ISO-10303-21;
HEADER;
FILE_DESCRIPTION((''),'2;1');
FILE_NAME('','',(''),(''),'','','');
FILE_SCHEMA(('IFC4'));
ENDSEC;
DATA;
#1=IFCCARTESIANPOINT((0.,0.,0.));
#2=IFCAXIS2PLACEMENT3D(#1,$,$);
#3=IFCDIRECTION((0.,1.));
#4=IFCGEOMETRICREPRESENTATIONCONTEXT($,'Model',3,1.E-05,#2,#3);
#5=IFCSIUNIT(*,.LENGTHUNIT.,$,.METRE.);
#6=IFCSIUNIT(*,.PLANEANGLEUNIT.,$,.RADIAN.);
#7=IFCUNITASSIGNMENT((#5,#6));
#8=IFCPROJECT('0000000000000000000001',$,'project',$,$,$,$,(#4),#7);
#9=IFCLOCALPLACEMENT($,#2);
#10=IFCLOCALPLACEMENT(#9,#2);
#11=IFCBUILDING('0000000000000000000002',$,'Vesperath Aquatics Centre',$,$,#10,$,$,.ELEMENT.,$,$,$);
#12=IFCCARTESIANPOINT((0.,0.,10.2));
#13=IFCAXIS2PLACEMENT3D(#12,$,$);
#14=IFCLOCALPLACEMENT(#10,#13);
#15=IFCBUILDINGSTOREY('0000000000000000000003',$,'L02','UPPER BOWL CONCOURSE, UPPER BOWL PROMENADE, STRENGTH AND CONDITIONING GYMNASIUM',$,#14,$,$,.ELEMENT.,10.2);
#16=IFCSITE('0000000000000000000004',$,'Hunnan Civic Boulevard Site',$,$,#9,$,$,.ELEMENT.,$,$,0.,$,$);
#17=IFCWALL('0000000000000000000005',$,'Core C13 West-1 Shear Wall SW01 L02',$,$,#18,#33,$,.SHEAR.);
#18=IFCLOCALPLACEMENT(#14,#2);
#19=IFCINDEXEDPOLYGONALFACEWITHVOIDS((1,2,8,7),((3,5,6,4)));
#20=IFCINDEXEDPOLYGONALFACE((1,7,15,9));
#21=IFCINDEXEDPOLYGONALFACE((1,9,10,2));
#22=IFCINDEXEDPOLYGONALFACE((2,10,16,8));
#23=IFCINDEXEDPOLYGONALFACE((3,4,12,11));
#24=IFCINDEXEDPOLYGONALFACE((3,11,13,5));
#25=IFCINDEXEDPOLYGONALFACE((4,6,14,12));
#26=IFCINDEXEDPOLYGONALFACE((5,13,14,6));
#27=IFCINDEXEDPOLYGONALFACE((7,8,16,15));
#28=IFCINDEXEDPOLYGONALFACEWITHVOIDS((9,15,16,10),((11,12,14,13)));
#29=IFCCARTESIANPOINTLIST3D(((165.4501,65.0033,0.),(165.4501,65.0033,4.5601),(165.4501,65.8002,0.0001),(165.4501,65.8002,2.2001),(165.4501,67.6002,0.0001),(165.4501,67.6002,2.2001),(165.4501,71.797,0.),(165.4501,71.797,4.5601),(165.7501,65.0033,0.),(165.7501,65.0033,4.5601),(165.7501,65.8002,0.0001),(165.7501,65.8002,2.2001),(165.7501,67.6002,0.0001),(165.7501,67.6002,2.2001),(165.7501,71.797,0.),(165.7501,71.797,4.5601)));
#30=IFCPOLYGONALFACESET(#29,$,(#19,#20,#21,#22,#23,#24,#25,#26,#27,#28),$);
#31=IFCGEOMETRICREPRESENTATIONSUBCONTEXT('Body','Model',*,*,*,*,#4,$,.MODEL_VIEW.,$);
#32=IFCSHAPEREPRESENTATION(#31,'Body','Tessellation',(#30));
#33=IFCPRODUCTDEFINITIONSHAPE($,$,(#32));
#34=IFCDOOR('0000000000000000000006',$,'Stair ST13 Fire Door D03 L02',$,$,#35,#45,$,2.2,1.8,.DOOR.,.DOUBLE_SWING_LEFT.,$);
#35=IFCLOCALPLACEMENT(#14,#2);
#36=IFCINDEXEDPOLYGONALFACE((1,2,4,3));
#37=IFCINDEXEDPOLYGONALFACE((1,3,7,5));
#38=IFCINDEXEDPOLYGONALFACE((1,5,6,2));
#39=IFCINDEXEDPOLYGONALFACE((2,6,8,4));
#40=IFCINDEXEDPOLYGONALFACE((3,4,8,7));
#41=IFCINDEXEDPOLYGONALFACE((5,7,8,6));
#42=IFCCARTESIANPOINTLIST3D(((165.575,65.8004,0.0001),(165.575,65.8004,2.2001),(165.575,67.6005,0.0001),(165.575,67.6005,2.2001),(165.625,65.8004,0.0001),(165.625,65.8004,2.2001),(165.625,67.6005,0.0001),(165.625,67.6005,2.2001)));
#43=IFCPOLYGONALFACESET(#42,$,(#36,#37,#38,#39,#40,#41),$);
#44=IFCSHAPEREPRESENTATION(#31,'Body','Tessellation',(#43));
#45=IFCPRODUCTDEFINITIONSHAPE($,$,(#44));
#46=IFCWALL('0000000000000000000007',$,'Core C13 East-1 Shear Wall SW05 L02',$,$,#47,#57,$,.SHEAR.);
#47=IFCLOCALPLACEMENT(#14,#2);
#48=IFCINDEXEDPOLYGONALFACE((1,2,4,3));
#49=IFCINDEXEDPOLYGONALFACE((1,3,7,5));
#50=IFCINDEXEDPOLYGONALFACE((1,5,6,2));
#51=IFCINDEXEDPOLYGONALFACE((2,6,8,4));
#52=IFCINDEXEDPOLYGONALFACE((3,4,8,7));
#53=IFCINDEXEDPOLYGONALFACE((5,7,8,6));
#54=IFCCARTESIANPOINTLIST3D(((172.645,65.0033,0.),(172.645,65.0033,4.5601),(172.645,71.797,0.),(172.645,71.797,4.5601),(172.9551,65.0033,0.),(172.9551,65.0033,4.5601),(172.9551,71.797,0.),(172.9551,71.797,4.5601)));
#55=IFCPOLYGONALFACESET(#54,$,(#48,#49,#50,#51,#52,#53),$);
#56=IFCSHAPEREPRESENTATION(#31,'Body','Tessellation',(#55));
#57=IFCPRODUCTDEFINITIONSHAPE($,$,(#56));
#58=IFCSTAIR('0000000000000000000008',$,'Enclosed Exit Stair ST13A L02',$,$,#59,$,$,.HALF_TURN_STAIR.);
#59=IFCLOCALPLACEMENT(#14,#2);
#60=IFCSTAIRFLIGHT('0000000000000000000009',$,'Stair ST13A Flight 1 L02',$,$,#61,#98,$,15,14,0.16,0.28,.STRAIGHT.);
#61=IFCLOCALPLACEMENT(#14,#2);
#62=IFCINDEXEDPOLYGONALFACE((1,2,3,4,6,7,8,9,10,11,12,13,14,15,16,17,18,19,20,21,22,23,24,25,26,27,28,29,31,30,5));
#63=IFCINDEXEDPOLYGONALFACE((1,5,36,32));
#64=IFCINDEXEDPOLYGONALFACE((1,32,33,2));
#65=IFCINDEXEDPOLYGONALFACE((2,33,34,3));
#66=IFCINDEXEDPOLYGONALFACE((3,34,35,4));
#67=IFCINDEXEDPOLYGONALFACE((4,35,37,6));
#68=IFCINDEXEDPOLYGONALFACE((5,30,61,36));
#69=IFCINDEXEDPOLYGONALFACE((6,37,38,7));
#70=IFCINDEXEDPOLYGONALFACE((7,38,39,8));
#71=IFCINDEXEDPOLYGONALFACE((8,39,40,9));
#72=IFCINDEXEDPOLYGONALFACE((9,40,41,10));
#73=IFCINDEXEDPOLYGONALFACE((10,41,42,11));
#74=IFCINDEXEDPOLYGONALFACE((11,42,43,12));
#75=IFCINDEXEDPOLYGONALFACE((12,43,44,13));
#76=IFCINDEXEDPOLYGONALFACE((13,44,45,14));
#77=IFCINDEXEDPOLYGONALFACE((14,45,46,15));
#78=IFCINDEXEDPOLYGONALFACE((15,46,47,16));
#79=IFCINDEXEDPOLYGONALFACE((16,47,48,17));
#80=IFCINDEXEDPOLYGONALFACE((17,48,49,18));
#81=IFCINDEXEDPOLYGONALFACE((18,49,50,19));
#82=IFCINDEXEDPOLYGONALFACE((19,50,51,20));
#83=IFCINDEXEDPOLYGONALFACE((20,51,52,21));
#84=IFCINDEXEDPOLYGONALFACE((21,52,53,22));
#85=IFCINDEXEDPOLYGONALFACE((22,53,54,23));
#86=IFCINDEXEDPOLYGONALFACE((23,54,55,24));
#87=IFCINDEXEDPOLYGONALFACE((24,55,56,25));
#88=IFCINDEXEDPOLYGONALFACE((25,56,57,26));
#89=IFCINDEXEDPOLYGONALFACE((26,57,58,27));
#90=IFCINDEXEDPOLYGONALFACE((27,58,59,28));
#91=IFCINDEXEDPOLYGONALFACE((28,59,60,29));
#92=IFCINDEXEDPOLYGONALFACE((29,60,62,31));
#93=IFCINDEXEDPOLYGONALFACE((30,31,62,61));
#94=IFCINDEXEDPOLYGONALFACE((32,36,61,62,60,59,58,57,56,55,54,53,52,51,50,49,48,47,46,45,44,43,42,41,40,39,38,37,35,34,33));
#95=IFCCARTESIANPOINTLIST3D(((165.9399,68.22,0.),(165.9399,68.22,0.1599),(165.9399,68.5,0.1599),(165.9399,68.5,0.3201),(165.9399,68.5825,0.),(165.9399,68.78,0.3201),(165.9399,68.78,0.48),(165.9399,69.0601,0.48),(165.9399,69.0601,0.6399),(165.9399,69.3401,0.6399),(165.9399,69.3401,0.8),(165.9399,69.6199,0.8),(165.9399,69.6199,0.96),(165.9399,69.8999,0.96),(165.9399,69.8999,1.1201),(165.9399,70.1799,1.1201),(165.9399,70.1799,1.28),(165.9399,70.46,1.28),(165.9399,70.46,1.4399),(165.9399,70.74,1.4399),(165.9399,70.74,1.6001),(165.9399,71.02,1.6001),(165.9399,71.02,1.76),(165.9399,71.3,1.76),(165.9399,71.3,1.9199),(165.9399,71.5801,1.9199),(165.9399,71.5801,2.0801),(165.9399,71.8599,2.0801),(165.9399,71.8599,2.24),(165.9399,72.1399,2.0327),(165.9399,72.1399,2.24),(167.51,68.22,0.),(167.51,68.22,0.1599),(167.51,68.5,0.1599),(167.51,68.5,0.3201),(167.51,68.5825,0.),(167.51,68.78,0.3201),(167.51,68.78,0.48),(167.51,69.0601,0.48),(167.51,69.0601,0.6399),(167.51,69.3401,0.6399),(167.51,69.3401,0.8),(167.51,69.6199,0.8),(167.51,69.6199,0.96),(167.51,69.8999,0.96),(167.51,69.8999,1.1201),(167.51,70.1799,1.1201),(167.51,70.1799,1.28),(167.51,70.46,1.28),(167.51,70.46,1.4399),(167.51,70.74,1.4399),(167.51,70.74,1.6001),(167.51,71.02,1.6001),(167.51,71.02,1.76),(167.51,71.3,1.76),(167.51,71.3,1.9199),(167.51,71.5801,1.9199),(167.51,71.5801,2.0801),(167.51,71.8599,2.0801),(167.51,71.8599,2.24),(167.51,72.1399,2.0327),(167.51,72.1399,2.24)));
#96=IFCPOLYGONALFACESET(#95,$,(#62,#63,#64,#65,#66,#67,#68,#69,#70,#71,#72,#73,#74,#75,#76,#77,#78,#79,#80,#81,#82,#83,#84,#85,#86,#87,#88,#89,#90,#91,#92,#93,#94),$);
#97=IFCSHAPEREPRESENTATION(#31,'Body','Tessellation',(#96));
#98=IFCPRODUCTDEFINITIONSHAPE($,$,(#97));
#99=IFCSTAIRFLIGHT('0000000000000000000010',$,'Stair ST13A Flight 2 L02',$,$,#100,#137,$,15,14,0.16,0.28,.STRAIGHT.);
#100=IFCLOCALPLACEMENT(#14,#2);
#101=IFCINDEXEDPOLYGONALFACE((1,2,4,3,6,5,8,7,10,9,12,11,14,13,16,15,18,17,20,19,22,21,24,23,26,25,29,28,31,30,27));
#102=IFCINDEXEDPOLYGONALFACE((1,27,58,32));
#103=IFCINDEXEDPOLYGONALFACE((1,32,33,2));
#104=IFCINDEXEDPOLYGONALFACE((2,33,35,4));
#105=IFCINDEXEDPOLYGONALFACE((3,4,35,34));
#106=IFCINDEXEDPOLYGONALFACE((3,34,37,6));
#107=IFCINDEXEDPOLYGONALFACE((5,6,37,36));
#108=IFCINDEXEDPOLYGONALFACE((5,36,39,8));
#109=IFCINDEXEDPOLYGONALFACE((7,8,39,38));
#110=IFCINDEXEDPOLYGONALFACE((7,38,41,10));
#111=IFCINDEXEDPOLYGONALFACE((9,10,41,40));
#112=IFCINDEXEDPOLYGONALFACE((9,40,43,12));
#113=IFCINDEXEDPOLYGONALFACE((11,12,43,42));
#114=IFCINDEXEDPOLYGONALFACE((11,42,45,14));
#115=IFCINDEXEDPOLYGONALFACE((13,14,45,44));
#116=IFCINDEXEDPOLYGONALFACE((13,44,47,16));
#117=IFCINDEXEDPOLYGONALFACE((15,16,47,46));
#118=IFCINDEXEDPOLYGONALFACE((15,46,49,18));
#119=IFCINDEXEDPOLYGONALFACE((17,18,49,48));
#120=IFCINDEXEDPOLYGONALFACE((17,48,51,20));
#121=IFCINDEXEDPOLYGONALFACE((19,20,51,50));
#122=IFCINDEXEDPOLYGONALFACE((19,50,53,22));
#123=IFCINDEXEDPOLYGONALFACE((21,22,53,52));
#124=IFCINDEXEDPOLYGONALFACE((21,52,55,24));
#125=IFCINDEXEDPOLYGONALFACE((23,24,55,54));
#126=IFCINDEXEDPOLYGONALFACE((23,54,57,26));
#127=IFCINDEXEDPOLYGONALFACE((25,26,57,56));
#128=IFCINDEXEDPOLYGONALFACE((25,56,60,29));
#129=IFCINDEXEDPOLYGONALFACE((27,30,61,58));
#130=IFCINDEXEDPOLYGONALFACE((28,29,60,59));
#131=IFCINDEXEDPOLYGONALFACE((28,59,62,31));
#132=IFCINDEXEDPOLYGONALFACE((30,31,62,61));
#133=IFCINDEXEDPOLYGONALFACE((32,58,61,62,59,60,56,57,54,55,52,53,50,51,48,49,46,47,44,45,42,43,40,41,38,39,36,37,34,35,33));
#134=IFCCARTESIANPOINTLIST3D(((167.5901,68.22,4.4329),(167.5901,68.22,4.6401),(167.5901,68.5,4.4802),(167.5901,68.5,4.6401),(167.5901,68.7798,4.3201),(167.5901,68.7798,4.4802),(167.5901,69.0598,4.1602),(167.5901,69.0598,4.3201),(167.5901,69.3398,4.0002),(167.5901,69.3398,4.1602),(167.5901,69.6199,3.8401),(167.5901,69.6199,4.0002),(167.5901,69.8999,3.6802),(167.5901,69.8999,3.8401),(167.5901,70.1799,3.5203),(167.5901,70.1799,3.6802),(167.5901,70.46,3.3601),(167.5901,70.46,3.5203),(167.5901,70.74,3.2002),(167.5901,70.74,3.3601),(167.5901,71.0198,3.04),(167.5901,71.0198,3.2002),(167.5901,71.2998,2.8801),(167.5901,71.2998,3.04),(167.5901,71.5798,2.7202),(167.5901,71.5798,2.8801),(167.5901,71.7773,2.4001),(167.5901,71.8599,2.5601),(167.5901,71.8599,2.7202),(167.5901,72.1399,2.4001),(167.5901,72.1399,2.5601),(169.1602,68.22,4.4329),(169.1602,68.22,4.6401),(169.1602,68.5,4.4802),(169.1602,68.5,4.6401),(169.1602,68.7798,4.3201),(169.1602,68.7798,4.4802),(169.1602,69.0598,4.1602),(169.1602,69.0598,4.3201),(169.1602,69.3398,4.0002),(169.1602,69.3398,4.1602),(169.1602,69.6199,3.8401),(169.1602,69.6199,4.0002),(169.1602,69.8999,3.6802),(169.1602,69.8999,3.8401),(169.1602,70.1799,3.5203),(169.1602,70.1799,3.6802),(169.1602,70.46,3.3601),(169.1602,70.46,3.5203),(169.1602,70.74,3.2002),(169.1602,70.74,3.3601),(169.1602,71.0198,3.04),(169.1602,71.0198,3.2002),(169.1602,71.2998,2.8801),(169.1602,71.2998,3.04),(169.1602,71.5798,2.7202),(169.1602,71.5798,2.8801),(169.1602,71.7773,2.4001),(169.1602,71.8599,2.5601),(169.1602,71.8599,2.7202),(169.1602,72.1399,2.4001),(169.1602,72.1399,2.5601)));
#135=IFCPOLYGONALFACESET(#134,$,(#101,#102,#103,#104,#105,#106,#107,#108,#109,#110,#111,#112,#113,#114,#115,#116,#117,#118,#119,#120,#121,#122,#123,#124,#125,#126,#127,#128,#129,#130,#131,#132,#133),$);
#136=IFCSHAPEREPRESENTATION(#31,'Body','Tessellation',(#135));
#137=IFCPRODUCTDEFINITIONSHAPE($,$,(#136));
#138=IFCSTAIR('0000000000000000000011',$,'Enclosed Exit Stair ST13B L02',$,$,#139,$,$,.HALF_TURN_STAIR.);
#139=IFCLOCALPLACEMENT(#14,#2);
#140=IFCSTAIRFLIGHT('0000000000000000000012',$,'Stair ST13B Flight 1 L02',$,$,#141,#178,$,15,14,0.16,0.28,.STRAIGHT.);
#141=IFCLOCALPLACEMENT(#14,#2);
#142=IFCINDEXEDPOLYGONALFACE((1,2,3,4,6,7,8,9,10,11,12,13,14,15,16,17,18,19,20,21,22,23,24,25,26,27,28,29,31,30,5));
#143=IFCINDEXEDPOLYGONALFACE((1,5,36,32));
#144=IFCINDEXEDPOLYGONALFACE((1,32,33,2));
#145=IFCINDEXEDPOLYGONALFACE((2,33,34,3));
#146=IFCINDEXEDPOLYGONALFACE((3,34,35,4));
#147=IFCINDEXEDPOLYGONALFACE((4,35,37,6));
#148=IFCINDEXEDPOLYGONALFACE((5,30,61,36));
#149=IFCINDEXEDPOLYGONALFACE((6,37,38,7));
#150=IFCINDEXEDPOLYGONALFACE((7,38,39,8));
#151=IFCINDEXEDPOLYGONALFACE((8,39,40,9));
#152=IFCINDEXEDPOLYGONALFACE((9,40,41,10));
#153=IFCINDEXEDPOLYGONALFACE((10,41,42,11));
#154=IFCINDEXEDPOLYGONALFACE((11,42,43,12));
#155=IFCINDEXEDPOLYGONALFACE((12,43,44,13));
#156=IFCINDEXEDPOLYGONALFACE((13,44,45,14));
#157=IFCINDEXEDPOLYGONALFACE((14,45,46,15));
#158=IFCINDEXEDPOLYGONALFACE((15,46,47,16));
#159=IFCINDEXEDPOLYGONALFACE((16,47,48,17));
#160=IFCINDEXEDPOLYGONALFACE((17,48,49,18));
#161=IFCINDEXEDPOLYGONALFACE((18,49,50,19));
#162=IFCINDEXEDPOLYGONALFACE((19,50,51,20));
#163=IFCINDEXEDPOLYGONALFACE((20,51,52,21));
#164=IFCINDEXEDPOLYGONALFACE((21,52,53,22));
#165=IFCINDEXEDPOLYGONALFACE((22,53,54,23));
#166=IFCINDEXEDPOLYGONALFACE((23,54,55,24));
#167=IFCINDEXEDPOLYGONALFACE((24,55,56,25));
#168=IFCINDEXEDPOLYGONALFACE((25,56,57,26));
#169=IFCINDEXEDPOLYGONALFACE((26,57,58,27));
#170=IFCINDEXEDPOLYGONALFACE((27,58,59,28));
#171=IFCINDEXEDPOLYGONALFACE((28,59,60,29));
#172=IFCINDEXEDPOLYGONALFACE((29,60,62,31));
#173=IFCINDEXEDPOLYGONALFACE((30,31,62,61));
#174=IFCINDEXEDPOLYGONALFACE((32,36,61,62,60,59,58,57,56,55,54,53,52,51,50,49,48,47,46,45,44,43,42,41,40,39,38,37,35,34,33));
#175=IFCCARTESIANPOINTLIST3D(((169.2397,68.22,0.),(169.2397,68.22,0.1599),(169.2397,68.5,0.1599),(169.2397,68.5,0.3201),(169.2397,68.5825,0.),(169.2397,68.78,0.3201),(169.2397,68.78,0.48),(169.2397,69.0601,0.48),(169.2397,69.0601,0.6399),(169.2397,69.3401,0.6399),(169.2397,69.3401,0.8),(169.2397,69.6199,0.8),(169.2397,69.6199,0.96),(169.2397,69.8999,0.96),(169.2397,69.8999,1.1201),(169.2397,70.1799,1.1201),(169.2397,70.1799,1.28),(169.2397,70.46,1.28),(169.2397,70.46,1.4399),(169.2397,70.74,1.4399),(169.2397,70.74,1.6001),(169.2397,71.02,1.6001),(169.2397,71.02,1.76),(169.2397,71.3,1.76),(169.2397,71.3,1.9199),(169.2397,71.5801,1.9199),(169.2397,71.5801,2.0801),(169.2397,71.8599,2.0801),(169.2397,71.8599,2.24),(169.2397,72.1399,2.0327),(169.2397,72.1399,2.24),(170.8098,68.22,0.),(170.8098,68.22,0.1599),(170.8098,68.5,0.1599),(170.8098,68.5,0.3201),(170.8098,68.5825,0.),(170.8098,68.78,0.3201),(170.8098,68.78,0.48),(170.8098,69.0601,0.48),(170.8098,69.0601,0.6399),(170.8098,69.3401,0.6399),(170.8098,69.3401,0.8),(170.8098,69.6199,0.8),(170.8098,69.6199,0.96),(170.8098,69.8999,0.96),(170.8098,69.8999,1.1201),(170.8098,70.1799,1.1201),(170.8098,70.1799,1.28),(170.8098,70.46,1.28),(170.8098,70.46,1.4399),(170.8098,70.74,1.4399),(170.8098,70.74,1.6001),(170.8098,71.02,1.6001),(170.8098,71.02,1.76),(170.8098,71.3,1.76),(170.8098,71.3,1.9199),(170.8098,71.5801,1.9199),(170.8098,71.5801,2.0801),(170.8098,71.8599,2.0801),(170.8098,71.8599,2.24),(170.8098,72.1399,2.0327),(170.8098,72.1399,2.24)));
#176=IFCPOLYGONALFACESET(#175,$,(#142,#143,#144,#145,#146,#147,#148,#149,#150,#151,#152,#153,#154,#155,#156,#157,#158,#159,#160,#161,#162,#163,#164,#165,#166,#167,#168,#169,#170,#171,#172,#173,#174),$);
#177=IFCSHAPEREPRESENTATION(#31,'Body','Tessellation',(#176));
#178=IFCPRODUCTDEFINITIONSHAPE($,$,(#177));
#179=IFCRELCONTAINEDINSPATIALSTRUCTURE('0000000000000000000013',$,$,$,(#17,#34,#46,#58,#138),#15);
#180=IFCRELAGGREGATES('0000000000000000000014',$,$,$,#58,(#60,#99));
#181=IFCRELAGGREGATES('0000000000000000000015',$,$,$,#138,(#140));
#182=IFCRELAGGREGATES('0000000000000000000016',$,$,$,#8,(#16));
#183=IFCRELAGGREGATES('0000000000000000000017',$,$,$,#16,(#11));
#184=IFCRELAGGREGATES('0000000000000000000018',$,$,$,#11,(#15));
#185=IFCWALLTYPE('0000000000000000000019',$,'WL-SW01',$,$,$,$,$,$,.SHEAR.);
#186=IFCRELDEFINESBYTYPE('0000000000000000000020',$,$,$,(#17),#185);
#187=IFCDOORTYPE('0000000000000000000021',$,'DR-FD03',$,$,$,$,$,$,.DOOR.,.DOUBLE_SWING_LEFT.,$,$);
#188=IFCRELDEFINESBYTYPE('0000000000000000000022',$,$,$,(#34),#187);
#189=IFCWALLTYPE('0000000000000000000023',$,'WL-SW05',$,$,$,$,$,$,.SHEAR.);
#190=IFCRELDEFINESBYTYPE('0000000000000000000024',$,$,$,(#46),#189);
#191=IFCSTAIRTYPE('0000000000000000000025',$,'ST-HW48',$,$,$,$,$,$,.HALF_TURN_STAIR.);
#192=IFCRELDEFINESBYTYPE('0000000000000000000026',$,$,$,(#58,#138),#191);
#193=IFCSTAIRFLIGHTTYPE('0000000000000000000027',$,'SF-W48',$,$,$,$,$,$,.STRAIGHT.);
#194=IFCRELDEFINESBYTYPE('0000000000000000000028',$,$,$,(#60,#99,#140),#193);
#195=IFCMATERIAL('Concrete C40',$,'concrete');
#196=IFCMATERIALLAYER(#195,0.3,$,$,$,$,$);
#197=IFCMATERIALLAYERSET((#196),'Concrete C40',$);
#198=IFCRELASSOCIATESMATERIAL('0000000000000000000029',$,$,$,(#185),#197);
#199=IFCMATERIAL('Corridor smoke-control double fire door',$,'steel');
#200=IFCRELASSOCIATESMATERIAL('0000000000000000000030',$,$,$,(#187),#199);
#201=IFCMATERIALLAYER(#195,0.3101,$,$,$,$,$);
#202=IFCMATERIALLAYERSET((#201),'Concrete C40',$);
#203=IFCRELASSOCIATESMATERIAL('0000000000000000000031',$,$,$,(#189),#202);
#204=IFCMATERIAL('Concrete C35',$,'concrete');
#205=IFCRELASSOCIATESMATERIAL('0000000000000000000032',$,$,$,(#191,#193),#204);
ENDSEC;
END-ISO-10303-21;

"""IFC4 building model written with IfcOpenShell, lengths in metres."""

from ifc_helpers import new_model, si_unit, direction, frame, frame_2d, origin, place, context, subcontext, project, spatial, polyline, rectangle, outline, extrude, material, layer, layer_set, type_object, element, fill, aggregate, save


model = new_model("IFC4")

# Units and contexts
model_context = context("Model", 3, precision=1e-05, world=origin(), true_north=direction((0.0, 1.0)))
body_context = subcontext(model_context, "Body", "Model", "MODEL_VIEW")
ifc_project = project(units=[si_unit("LENGTHUNIT", "METRE"), si_unit("PLANEANGLEUNIT", "RADIAN")], contexts=[model_context])

# Site, building, storey
site_placement = place(None, origin())
site = spatial("IfcSite", under=ifc_project, at=site_placement, Name="Hunnan Civic Boulevard Site", CompositionType="ELEMENT", RefElevation=0.0)
building_placement = place(site_placement, origin())
building = spatial("IfcBuilding", under=site, at=building_placement, Name="Vesperath Aquatics Centre", CompositionType="ELEMENT")
storey_placement = place(building_placement, frame((0.0, 0.0, 10.2)))
storey = spatial("IfcBuildingStorey", under=building, at=storey_placement, Name="L02", Description="UPPER BOWL CONCOURSE, UPPER BOWL PROMENADE, STRENGTH AND CONDITIONING GYMNASIUM", CompositionType="ELEMENT", Elevation=10.2)

# Shared definitions
ifc_material_1 = material(Name="Concrete C35", Category="concrete")

# Wall, opening, door
ifc_material_2 = material(Name="Concrete C40", Category="concrete")
ifc_layer_1 = layer(ifc_material_2, 0.3)
ifc_layer_set_1 = layer_set([ifc_layer_1], Name="Concrete C40")
wall_type_1 = type_object("IfcWallType", Name="WL-SW01", PredefinedType="SHEAR", material=ifc_layer_set_1)
wall_1_placement = place(storey_placement, frame((165.6001, 65.0032, 0.0), z_axis=(0.0, 0.0, 1.0), x_axis=(0.0, 1.0, 0.0)))
wall_1 = element("IfcWall", 1, at=wall_1_placement, inside=storey, type_object=wall_type_1, Name="Core C13 West-1 Shear Wall SW01 L02", PredefinedType="SHEAR", context=body_context, shape_type="SweptSolid", body=[
    extrude(rectangle(XDim=6.7937, YDim=0.3, at=frame_2d((3.397, 0.0))), origin(), (0.0, 0.0, 1.0), 4.5601),
])
opening_placement = place(wall_1_placement, frame((0.7971, 0.0, 0.0)))
opening = element("IfcOpeningElement", 2, at=opening_placement, cuts=wall_1, PredefinedType="OPENING", context=body_context, shape_type="SweptSolid", body=[
    extrude(rectangle(XDim=1.8, YDim=2.2, at=frame_2d((0.8999, 1.1001))), frame((0.0, 0.165, 0.0), z_axis=(0.0, -1.0, 0.0), x_axis=(1.0, 0.0, 0.0)), (0.0, 0.0, 1.0), 0.3298),
])
ifc_material_3 = material(Name="Corridor smoke-control double fire door", Category="steel")
door_type = type_object("IfcDoorType", Name="DR-FD03", OperationType="DOUBLE_SWING_LEFT", PredefinedType="DOOR", material=ifc_material_3)
door_placement = place(opening_placement, frame((1.8, 0.0, 0.0), z_axis=(0.0, 0.0, 1.0), x_axis=(-1.0, 0.0, 0.0)))
door = element("IfcDoor", 3, at=door_placement, inside=storey, type_object=door_type, Name="Stair ST13 Fire Door D03 L02", OperationType="DOUBLE_SWING_LEFT", OverallHeight=2.2, OverallWidth=1.8, PredefinedType="DOOR", context=body_context, shape_type="SweptSolid", body=[
    extrude(rectangle(XDim=1.8, YDim=2.2, at=frame_2d((0.8999, 1.1001))), frame((0.0, 0.0249, 0.0), z_axis=(0.0, -1.0, 0.0), x_axis=(1.0, 0.0, 0.0)), (0.0, 0.0, 1.0), 0.05),
])
fill(opening, door)

# Wall
ifc_layer_2 = layer(ifc_material_2, 0.3101)
ifc_layer_set_2 = layer_set([ifc_layer_2], Name="Concrete C40")
wall_type_2 = type_object("IfcWallType", Name="WL-SW05", PredefinedType="SHEAR", material=ifc_layer_set_2)
wall_2_placement = place(storey_placement, frame((172.8, 65.0032, 0.0), z_axis=(0.0, 0.0, 1.0), x_axis=(0.0, 1.0, 0.0)))
element("IfcWall", 4, at=wall_2_placement, inside=storey, type_object=wall_type_2, Name="Core C13 East-1 Shear Wall SW05 L02", PredefinedType="SHEAR", context=body_context, shape_type="SweptSolid", body=[
    extrude(rectangle(XDim=6.7937, YDim=0.3101, at=frame_2d((3.397, 0.0))), origin(), (0.0, 0.0, 1.0), 4.5601),
])

# Stairs, stair flights
stair_type = type_object("IfcStairType", Name="ST-HW48", PredefinedType="HALF_TURN_STAIR", material=ifc_material_1)
stair_1_placement = place(storey_placement, origin())
stair_1 = element("IfcStair", 5, at=stair_1_placement, inside=storey, type_object=stair_type, Name="Enclosed Exit Stair ST13A L02", PredefinedType="HALF_TURN_STAIR")
stair_flight_type = type_object("IfcStairFlightType", Name="SF-W48", PredefinedType="STRAIGHT", material=ifc_material_1)
stair_flight_1_placement = place(storey_placement, frame((166.7251, 68.22, 0.0), z_axis=(0.0, 0.0, 1.0), x_axis=(0.0, 1.0, 0.0)))
stair_flight_1 = element("IfcStairFlight", 6, at=stair_flight_1_placement, type_object=stair_flight_type, Name="Stair ST13A Flight 1 L02", NumberOfRisers=15, NumberOfTreads=14, PredefinedType="STRAIGHT", RiserHeight=0.16, TreadLength=0.28, context=body_context, shape_type="SweptSolid", body=[
    extrude(outline(polyline([(0.0, 0.0), (0.0, 0.1599), (0.28, 0.1599), (0.28, 0.3201), (0.5601, 0.3201), (0.5601, 0.48), (0.8401, 0.48), (0.8401, 0.6399), (1.1201, 0.6399), (1.1201, 0.8), (1.3999, 0.8), (1.3999, 0.96), (1.6799, 0.96), (1.6799, 1.1201), (1.96, 1.1201), (1.96, 1.28), (2.24, 1.28), (2.24, 1.4399), (2.52, 1.4399), (2.52, 1.6001), (2.8, 1.6001), (2.8, 1.76), (3.0801, 1.76), (3.0801, 1.9199), (3.3601, 1.9199), (3.3601, 2.0801), (3.6399, 2.0801), (3.6399, 2.24), (3.9199, 2.24), (3.9199, 2.3999), (3.9199, 2.0327), (0.3625, 0.0), (0.0, 0.0)])), frame((0.0, 0.7852, 0.0), z_axis=(0.0, -1.0, 0.0), x_axis=(1.0, 0.0, 0.0)), (0.0, 0.0, 1.0), 1.5701),
])
stair_flight_2_placement = place(storey_placement, frame((168.375, 72.1399, 2.4001), z_axis=(0.0, 0.0, 1.0), x_axis=(0.0, -1.0, 0.0)))
stair_flight_2 = element("IfcStairFlight", 7, at=stair_flight_2_placement, type_object=stair_flight_type, Name="Stair ST13A Flight 2 L02", NumberOfRisers=15, NumberOfTreads=14, PredefinedType="STRAIGHT", RiserHeight=0.16, TreadLength=0.28, context=body_context, shape_type="SweptSolid", body=[
    extrude(outline(polyline([(0.0, 0.0), (0.0, 0.1599), (0.28, 0.1599), (0.28, 0.3201), (0.5601, 0.3201), (0.5601, 0.48), (0.8401, 0.48), (0.8401, 0.6399), (1.1201, 0.6399), (1.1201, 0.8), (1.3999, 0.8), (1.3999, 0.96), (1.6799, 0.96), (1.6799, 1.1201), (1.96, 1.1201), (1.96, 1.28), (2.24, 1.28), (2.24, 1.4399), (2.52, 1.4399), (2.52, 1.6001), (2.8, 1.6001), (2.8, 1.76), (3.0801, 1.76), (3.0801, 1.9199), (3.3601, 1.9199), (3.3601, 2.0801), (3.6399, 2.0801), (3.6399, 2.24), (3.9199, 2.24), (3.9199, 2.3999), (3.9199, 2.0327), (0.3625, 0.0), (0.0, 0.0)])), frame((0.0, 0.7852, 0.0), z_axis=(0.0, -1.0, 0.0), x_axis=(1.0, 0.0, 0.0)), (0.0, 0.0, 1.0), 1.5701),
])
aggregate(stair_1, [stair_flight_1, stair_flight_2])
stair_2_placement = place(storey_placement, origin())
stair_2 = element("IfcStair", 8, at=stair_2_placement, inside=storey, type_object=stair_type, Name="Enclosed Exit Stair ST13B L02", PredefinedType="HALF_TURN_STAIR")
stair_flight_3_placement = place(storey_placement, frame((170.0249, 68.22, 0.0), z_axis=(0.0, 0.0, 1.0), x_axis=(0.0, 1.0, 0.0)))
stair_flight_3 = element("IfcStairFlight", 9, at=stair_flight_3_placement, type_object=stair_flight_type, Name="Stair ST13B Flight 1 L02", NumberOfRisers=15, NumberOfTreads=14, PredefinedType="STRAIGHT", RiserHeight=0.16, TreadLength=0.28, context=body_context, shape_type="SweptSolid", body=[
    extrude(outline(polyline([(0.0, 0.0), (0.0, 0.1599), (0.28, 0.1599), (0.28, 0.3201), (0.5601, 0.3201), (0.5601, 0.48), (0.8401, 0.48), (0.8401, 0.6399), (1.1201, 0.6399), (1.1201, 0.8), (1.3999, 0.8), (1.3999, 0.96), (1.6799, 0.96), (1.6799, 1.1201), (1.96, 1.1201), (1.96, 1.28), (2.24, 1.28), (2.24, 1.4399), (2.52, 1.4399), (2.52, 1.6001), (2.8, 1.6001), (2.8, 1.76), (3.0801, 1.76), (3.0801, 1.9199), (3.3601, 1.9199), (3.3601, 2.0801), (3.6399, 2.0801), (3.6399, 2.24), (3.9199, 2.24), (3.9199, 2.3999), (3.9199, 2.0327), (0.3625, 0.0), (0.0, 0.0)])), frame((0.0, 0.7852, 0.0), z_axis=(0.0, -1.0, 0.0), x_axis=(1.0, 0.0, 0.0)), (0.0, 0.0, 1.0), 1.5701),
])
aggregate(stair_2, [stair_flight_3])

save(model, "model.ifc")
